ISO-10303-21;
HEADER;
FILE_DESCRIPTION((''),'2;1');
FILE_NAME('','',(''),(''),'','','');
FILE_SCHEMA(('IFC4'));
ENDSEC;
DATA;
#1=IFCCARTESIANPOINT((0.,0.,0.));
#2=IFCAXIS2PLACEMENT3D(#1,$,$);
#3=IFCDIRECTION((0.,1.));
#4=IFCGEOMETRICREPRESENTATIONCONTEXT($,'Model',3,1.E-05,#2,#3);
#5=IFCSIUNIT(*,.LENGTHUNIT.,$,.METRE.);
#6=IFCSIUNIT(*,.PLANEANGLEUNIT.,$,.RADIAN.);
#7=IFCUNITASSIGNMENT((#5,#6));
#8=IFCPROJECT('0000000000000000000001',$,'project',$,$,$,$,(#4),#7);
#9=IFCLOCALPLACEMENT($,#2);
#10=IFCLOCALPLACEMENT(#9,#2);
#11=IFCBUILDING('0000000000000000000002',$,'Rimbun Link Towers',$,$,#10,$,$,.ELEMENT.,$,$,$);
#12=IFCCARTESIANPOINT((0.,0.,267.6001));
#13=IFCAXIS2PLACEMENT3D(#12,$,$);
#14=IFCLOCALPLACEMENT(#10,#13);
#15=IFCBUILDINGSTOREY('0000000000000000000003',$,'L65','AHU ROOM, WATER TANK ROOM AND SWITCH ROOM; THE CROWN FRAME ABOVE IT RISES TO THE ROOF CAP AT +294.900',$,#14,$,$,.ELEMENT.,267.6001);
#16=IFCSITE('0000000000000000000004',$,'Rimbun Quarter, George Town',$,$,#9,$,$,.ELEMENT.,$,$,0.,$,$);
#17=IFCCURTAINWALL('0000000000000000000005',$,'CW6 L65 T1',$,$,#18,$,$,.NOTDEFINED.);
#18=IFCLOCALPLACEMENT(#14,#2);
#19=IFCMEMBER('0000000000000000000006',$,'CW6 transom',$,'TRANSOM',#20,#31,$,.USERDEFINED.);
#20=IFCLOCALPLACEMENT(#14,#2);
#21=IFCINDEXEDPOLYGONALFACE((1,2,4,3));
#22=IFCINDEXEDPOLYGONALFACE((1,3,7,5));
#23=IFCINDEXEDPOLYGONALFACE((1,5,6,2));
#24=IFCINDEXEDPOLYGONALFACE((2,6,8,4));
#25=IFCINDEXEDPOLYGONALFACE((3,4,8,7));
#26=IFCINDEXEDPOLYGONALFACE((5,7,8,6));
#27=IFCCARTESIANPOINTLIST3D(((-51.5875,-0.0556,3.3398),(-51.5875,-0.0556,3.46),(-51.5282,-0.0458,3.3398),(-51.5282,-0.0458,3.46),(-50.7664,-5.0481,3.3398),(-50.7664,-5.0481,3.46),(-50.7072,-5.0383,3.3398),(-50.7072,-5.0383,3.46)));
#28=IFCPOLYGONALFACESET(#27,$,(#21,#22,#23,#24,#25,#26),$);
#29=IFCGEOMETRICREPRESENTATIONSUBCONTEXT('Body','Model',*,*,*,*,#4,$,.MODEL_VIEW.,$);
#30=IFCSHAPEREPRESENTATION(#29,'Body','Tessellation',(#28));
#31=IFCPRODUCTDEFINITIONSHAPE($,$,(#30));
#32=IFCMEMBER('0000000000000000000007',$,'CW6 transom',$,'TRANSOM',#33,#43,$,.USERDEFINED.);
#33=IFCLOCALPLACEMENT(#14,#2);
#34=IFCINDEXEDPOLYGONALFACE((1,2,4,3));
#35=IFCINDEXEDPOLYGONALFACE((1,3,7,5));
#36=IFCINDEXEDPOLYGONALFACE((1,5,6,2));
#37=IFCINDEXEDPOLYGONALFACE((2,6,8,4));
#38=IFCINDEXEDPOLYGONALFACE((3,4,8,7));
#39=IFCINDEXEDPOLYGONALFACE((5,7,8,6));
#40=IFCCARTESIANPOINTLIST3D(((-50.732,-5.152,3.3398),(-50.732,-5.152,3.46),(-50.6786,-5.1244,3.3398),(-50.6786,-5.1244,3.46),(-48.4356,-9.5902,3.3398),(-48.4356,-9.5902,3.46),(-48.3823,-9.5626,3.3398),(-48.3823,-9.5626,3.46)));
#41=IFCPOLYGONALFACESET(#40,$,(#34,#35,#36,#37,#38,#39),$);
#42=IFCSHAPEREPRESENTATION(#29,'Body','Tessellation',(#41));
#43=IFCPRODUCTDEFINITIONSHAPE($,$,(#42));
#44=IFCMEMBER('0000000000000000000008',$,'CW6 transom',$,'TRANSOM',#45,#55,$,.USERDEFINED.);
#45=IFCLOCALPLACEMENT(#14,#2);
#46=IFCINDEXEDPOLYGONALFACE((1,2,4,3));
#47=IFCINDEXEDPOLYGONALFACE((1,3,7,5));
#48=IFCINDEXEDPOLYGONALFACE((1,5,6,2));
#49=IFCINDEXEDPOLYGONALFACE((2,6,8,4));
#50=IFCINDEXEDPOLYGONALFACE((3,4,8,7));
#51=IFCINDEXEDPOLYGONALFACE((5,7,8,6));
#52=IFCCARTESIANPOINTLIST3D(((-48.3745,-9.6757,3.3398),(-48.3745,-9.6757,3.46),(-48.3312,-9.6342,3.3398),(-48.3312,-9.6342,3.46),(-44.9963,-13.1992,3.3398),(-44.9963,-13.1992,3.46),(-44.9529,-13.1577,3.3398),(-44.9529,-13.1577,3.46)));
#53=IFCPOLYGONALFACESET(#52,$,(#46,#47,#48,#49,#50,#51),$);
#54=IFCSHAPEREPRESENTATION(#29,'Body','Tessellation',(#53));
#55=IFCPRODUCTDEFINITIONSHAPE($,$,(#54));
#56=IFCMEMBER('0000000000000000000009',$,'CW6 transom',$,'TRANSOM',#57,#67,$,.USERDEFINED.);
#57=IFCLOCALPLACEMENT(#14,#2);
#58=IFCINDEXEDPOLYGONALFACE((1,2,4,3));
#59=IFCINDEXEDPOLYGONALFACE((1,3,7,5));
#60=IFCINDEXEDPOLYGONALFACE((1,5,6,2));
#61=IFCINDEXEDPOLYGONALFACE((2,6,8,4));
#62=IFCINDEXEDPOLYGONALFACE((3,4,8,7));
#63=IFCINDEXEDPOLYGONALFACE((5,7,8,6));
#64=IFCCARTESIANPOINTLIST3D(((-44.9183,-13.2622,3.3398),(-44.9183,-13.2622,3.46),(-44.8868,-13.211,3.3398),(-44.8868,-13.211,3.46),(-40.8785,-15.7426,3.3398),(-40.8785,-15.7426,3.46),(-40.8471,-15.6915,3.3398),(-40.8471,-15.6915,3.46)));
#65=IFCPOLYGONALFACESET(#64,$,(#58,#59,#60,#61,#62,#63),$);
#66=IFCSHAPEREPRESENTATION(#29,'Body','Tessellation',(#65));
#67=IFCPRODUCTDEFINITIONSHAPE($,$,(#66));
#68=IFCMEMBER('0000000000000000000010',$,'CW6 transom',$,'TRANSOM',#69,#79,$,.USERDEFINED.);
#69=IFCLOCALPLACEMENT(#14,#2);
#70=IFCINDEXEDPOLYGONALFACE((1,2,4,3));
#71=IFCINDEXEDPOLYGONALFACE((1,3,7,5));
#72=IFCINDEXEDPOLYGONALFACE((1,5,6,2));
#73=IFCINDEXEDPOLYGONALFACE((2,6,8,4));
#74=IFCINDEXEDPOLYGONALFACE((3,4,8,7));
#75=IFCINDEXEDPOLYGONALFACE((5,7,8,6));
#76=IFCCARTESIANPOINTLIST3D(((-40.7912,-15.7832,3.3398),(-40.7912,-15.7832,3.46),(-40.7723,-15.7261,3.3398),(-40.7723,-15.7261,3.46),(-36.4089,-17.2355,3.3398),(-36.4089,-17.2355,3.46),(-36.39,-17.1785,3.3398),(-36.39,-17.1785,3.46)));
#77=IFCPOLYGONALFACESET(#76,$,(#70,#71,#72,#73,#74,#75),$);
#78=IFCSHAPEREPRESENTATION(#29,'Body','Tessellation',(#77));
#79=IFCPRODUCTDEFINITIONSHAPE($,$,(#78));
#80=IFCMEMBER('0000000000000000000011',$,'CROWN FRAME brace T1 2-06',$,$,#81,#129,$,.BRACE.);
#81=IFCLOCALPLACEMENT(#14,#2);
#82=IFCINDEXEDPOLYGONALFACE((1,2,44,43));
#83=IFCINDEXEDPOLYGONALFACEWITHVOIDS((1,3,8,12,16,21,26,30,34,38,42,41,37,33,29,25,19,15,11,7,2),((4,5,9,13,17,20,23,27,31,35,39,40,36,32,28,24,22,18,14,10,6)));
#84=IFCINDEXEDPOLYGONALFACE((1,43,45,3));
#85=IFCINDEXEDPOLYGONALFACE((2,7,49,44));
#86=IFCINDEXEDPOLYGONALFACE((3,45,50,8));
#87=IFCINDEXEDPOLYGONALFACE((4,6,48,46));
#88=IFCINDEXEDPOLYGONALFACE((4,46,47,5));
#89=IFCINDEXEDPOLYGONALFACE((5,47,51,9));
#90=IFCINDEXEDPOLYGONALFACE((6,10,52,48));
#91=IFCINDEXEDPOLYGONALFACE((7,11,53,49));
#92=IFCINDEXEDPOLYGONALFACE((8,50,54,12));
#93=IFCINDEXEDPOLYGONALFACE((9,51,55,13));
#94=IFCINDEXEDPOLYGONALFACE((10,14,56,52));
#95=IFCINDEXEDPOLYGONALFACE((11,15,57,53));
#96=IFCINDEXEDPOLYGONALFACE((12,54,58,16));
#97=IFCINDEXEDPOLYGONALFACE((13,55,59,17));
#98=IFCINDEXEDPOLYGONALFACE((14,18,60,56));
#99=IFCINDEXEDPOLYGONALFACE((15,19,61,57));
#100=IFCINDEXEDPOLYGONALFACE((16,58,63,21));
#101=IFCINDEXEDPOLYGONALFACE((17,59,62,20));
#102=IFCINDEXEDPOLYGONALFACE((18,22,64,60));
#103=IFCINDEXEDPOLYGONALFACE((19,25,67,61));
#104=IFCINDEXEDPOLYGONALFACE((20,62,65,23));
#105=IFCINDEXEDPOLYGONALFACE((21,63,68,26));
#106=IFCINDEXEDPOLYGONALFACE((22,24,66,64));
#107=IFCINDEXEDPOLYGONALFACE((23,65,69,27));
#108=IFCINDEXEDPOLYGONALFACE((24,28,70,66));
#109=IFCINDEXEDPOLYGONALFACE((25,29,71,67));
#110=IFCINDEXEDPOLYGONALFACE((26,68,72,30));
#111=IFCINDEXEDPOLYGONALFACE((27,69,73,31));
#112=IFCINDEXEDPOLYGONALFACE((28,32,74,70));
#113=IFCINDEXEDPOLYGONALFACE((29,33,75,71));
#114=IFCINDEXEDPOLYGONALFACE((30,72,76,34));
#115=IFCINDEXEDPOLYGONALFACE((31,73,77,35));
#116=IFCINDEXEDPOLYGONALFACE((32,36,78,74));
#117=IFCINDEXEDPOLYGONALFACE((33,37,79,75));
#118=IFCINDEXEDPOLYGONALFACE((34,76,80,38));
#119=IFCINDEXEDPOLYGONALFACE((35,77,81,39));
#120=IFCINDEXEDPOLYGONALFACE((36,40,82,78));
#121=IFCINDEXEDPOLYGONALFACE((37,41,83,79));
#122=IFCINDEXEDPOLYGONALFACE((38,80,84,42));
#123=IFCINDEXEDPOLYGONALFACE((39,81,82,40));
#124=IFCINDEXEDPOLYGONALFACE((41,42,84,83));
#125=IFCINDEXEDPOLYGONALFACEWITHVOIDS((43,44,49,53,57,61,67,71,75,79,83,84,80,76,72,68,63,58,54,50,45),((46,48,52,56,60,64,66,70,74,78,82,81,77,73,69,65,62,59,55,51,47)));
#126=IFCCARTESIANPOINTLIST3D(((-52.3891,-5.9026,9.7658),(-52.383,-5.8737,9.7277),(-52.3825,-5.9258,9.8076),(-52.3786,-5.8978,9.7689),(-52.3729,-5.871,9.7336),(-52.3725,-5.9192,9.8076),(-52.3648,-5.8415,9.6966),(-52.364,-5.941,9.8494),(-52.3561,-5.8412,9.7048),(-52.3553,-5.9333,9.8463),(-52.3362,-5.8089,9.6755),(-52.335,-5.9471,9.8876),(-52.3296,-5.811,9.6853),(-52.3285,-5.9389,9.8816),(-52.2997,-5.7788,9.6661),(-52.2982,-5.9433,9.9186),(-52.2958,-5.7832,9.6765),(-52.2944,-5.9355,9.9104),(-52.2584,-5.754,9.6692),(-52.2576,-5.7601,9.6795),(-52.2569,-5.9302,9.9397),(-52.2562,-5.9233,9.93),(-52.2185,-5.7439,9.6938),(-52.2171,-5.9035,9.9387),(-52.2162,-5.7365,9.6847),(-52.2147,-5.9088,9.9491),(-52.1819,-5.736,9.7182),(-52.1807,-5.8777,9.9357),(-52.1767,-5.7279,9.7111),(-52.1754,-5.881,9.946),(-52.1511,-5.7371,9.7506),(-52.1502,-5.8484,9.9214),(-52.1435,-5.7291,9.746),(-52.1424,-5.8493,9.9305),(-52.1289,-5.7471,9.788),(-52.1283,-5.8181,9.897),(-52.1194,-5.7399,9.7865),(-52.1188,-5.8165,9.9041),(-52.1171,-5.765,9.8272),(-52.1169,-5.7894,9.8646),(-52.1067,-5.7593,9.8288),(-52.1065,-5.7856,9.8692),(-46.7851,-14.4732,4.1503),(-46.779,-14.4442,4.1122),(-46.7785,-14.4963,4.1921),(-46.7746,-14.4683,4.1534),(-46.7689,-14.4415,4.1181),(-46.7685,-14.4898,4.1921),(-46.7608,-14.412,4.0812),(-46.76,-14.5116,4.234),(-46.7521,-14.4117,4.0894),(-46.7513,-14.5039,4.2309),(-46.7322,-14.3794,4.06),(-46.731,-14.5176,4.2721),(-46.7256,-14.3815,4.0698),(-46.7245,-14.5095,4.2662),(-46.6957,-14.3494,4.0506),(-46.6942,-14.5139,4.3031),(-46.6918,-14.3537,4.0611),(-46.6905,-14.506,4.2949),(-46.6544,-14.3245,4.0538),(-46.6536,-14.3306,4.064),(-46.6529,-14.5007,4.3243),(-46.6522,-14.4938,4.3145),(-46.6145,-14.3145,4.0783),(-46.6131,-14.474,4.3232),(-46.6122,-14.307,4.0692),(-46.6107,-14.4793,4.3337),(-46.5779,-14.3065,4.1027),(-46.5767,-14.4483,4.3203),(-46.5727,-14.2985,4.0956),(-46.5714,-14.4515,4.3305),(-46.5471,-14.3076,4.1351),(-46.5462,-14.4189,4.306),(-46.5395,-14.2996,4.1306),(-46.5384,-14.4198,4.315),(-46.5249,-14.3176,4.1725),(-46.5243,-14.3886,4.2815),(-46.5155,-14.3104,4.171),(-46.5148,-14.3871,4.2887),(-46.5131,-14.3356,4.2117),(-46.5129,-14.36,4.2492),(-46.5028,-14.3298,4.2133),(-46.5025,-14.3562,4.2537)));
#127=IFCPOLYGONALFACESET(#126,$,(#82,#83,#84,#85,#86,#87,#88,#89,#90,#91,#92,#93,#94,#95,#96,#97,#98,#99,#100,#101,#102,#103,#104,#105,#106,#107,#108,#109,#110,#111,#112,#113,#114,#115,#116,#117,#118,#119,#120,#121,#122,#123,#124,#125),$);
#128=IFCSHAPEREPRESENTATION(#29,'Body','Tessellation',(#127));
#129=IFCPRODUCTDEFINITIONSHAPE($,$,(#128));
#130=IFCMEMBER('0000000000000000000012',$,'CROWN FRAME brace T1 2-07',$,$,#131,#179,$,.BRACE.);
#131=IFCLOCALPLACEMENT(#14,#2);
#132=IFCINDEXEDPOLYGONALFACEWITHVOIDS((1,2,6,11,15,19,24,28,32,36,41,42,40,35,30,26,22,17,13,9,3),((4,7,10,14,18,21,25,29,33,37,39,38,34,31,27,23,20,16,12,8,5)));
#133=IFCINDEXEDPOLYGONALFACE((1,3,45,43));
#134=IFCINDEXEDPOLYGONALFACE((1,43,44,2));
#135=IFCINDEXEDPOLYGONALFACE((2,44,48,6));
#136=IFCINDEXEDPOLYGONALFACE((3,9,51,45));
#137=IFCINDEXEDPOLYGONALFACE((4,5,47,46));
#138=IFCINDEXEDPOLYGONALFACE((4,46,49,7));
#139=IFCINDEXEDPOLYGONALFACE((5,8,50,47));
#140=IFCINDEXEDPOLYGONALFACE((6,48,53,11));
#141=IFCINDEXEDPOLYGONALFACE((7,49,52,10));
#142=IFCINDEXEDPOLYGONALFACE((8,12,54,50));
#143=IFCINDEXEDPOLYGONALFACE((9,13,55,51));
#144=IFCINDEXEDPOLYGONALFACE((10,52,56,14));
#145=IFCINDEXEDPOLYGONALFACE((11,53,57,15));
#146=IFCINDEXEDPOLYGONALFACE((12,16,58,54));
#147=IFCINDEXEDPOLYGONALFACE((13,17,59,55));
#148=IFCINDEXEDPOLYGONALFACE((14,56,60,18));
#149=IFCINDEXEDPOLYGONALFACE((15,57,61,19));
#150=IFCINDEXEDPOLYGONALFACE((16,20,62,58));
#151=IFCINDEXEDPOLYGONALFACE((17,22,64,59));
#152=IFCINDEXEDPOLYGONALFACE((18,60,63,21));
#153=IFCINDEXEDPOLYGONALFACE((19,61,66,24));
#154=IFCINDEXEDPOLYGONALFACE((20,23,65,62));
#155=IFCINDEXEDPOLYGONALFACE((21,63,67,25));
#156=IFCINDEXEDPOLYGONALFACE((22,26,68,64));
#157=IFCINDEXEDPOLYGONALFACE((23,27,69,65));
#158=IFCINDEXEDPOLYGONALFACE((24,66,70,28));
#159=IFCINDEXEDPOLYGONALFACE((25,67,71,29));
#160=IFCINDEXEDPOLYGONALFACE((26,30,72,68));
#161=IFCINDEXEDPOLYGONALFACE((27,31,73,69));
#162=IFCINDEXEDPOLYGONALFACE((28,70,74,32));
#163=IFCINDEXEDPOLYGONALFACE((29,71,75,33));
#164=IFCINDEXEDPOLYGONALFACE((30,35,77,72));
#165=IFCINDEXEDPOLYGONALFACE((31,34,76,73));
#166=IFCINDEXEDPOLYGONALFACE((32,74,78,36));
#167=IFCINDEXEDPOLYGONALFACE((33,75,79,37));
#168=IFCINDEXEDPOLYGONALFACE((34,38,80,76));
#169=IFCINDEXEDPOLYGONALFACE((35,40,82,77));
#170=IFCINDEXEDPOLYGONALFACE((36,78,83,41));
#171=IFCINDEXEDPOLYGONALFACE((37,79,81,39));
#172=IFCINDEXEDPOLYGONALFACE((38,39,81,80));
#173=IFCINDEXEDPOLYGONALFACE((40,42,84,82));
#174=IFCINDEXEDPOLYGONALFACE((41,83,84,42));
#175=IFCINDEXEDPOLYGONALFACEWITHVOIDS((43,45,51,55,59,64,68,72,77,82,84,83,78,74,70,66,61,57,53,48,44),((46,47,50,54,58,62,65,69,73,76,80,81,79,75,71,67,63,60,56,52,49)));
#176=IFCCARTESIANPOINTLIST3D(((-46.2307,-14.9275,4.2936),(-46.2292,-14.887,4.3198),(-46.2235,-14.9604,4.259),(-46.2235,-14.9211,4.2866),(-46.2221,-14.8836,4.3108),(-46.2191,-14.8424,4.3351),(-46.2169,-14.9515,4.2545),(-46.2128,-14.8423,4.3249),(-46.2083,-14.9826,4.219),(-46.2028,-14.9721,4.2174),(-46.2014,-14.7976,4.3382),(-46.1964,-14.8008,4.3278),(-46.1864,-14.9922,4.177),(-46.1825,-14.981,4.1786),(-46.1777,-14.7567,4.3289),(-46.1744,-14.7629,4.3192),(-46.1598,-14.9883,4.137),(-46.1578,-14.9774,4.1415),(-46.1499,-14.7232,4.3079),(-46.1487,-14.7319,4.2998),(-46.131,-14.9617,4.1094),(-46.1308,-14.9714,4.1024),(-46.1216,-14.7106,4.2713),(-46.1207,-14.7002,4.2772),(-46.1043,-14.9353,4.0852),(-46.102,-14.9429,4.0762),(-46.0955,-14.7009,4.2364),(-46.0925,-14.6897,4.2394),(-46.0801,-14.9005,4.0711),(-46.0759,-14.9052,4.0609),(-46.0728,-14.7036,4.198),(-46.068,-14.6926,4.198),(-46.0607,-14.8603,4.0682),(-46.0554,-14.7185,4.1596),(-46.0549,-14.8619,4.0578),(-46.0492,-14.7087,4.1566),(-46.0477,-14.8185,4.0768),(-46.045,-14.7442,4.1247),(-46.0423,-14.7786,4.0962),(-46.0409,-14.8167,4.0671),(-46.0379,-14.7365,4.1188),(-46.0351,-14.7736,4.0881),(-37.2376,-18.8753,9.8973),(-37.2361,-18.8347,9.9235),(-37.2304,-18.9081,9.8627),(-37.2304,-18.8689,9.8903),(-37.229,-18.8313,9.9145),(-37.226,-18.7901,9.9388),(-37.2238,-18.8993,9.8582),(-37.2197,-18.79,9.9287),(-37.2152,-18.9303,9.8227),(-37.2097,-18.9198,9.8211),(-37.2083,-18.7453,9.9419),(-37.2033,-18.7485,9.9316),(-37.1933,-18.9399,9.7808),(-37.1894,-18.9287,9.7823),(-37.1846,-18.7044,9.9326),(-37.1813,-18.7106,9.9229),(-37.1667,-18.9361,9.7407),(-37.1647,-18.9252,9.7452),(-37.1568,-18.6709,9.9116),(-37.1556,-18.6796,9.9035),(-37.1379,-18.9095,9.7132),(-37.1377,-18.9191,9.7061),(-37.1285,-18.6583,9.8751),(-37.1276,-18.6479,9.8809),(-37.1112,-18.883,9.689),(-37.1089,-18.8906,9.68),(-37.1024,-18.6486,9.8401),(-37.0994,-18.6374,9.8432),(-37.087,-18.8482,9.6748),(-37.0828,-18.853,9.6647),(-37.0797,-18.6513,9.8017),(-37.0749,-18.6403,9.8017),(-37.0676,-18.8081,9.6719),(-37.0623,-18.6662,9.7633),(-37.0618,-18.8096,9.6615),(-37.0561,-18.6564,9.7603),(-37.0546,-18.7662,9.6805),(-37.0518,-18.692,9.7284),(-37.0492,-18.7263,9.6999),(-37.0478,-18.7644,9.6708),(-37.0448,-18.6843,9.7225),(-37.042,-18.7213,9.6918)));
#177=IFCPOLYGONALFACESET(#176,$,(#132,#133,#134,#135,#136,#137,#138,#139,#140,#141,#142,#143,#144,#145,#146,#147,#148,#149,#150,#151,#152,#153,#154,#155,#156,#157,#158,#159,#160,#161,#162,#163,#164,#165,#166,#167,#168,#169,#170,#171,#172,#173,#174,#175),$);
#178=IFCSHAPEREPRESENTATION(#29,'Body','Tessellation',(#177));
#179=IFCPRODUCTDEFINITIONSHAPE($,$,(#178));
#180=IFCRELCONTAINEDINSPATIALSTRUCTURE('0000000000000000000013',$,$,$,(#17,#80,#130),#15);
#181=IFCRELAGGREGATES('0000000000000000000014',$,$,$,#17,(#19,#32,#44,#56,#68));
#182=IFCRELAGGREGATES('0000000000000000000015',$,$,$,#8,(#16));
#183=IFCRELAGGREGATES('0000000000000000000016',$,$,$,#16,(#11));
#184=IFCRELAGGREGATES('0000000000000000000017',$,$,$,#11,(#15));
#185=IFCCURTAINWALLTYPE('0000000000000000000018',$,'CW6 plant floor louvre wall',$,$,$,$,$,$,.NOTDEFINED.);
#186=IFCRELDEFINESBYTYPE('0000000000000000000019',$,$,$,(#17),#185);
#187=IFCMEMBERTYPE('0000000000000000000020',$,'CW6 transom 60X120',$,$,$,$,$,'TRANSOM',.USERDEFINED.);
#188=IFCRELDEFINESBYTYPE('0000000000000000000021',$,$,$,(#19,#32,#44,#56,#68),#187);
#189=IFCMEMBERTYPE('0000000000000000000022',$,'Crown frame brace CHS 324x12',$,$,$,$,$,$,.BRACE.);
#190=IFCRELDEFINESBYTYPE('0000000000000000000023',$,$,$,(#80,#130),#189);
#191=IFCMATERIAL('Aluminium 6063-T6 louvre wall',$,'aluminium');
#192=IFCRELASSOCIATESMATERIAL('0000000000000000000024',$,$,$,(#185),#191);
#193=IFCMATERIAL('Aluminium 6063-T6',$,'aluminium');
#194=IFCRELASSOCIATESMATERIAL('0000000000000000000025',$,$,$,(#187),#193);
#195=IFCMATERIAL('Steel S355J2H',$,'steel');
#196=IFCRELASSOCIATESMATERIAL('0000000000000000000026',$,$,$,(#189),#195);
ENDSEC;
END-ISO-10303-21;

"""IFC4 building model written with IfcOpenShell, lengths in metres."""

from ifc_helpers import new_model, si_unit, direction, frame, origin, origin_2d, place, context, subcontext, project, spatial, rectangle, hollow_circle, extrude, material, material_profile, profile_set, type_object, element, aggregate, save


model = new_model("IFC4")

# Units and contexts
model_context = context("Model", 3, precision=1e-05, world=origin(), true_north=direction((0.0, 1.0)))
body_context = subcontext(model_context, "Body", "Model", "MODEL_VIEW")
ifc_project = project(units=[si_unit("LENGTHUNIT", "METRE"), si_unit("PLANEANGLEUNIT", "RADIAN")], contexts=[model_context])

# Site, building, storey
site_placement = place(None, origin())
site = spatial("IfcSite", under=ifc_project, at=site_placement, Name="Rimbun Quarter, George Town", CompositionType="ELEMENT", RefElevation=0.0)
building_placement = place(site_placement, origin())
building = spatial("IfcBuilding", under=site, at=building_placement, Name="Rimbun Link Towers", CompositionType="ELEMENT")
storey_placement = place(building_placement, frame((0.0, 0.0, 267.6001)))
storey = spatial("IfcBuildingStorey", under=building, at=storey_placement, Name="L65", Description="AHU ROOM, WATER TANK ROOM AND SWITCH ROOM; THE CROWN FRAME ABOVE IT RISES TO THE ROOF CAP AT +294.900", CompositionType="ELEMENT", Elevation=267.6001)

# Curtain wall, members
ifc_material_1 = material(Name="Aluminium 6063-T6 louvre wall", Category="aluminium")
curtain_wall_type = type_object("IfcCurtainWallType", Name="CW6 plant floor louvre wall", PredefinedType="NOTDEFINED", material=ifc_material_1)
curtain_wall_placement = place(storey_placement, origin())
curtain_wall = element("IfcCurtainWall", 1, at=curtain_wall_placement, inside=storey, type_object=curtain_wall_type, Name="CW6 L65 T1", PredefinedType="NOTDEFINED")
ifc_material_2 = material(Name="Aluminium 6063-T6", Category="aluminium")
ifc_material_profile_1 = material_profile(ifc_material_2, rectangle(XDim=0.0601, YDim=0.1201, at=origin_2d()), Name="TRANSOM 60X120")
ifc_profile_set_1 = profile_set([ifc_material_profile_1], Name="Aluminium 6063-T6")
member_type_1 = type_object("IfcMemberType", Name="CW6 transom 60X120", ElementType="TRANSOM", PredefinedType="USERDEFINED", material=ifc_profile_set_1)
member_1_placement = place(storey_placement, frame((-50.7368, -5.0432, 3.3999), z_axis=(-0.162278, 0.986745, 0.0), x_axis=(-0.986745, -0.162278, 0.0)))
member_1 = element("IfcMember", 2, at=member_1_placement, type_object=member_type_1, Name="CW6 transom", ObjectType="TRANSOM", PredefinedType="USERDEFINED", context=body_context, shape_type="SweptSolid", body=[
    extrude(rectangle(XDim=0.0601, YDim=0.1201, at=origin_2d()), origin(), (0.0, 0.0, 1.0), 5.0596),
])
member_2_placement = place(storey_placement, frame((-48.4089, -9.5764, 3.3999), z_axis=(-0.459541, 0.888156, 0.0), x_axis=(-0.888156, -0.459541, 0.0)))
member_2 = element("IfcMember", 3, at=member_2_placement, type_object=member_type_1, Name="CW6 transom", ObjectType="TRANSOM", PredefinedType="USERDEFINED", context=body_context, shape_type="SweptSolid", body=[
    extrude(rectangle(XDim=0.0601, YDim=0.1201, at=origin_2d()), origin(), (0.0, 0.0, 1.0), 4.9971),
])
member_3_placement = place(storey_placement, frame((-44.9746, -13.1785, 3.3999), z_axis=(-0.69207, 0.72183, 0.0), x_axis=(-0.72183, -0.69207, 0.0)))
member_3 = element("IfcMember", 4, at=member_3_placement, type_object=member_type_1, Name="CW6 transom", ObjectType="TRANSOM", PredefinedType="USERDEFINED", context=body_context, shape_type="SweptSolid", body=[
    extrude(rectangle(XDim=0.0601, YDim=0.1201, at=origin_2d()), origin(), (0.0, 0.0, 1.0), 4.8813),
])
member_4_placement = place(storey_placement, frame((-40.8628, -15.717, 3.3999), z_axis=(-0.852181, 0.523247, 0.0), x_axis=(-0.523247, -0.852181, 0.0)))
member_4 = element("IfcMember", 5, at=member_4_placement, type_object=member_type_1, Name="CW6 transom", ObjectType="TRANSOM", PredefinedType="USERDEFINED", context=body_context, shape_type="SweptSolid", body=[
    extrude(rectangle(XDim=0.0601, YDim=0.1201, at=origin_2d()), origin(), (0.0, 0.0, 1.0), 4.7405),
])
member_5_placement = place(storey_placement, frame((-36.3994, -17.207, 3.3999), z_axis=(-0.949227, 0.314593, 0.0), x_axis=(-0.314593, -0.949227, 0.0)))
member_5 = element("IfcMember", 6, at=member_5_placement, type_object=member_type_1, Name="CW6 transom", ObjectType="TRANSOM", PredefinedType="USERDEFINED", context=body_context, shape_type="SweptSolid", body=[
    extrude(rectangle(XDim=0.0601, YDim=0.1201, at=origin_2d()), origin(), (0.0, 0.0, 1.0), 4.6167),
])
aggregate(curtain_wall, [member_1, member_2, member_3, member_4, member_5])

# Members
ifc_material_3 = material(Name="Steel S355J2H", Category="steel")
ifc_material_profile_2 = material_profile(ifc_material_3, hollow_circle(Radius=0.1619, WallThickness=0.012, at=origin_2d()), Name="Crown frame brace CHS 324x12")
ifc_profile_set_2 = profile_set([ifc_material_profile_2], Name="Steel S355J2H")
member_type_2 = type_object("IfcMemberType", Name="Crown frame brace CHS 324x12", PredefinedType="BRACE", material=ifc_profile_set_2)
member_6_placement = place(storey_placement, frame((-46.6431, -14.4077, 4.1921), z_axis=(-0.479847, 0.73386, 0.480829), x_axis=(-0.836962, -0.547262, 0.0)))
element("IfcMember", 7, at=member_6_placement, inside=storey, type_object=member_type_2, Name="CROWN FRAME brace T1 2-06", PredefinedType="BRACE", context=body_context, shape_type="SweptSolid", body=[
    extrude(hollow_circle(Radius=0.1619, WallThickness=0.012, at=origin_2d()), origin(), (0.0, 0.0, 1.0), 11.6787),
])
member_7_placement = place(storey_placement, frame((-46.1331, -14.8408, 4.198), z_axis=(0.795314, -0.349121, 0.495571), x_axis=(0.40195, 0.915661, 0.0)))
element("IfcMember", 8, at=member_7_placement, inside=storey, type_object=member_type_2, Name="CROWN FRAME brace T1 2-07", PredefinedType="BRACE", context=body_context, shape_type="SweptSolid", body=[
    extrude(hollow_circle(Radius=0.1619, WallThickness=0.012, at=origin_2d()), origin(), (0.0, 0.0, 1.0), 11.3076),
])

save(model, "model.ifc")
